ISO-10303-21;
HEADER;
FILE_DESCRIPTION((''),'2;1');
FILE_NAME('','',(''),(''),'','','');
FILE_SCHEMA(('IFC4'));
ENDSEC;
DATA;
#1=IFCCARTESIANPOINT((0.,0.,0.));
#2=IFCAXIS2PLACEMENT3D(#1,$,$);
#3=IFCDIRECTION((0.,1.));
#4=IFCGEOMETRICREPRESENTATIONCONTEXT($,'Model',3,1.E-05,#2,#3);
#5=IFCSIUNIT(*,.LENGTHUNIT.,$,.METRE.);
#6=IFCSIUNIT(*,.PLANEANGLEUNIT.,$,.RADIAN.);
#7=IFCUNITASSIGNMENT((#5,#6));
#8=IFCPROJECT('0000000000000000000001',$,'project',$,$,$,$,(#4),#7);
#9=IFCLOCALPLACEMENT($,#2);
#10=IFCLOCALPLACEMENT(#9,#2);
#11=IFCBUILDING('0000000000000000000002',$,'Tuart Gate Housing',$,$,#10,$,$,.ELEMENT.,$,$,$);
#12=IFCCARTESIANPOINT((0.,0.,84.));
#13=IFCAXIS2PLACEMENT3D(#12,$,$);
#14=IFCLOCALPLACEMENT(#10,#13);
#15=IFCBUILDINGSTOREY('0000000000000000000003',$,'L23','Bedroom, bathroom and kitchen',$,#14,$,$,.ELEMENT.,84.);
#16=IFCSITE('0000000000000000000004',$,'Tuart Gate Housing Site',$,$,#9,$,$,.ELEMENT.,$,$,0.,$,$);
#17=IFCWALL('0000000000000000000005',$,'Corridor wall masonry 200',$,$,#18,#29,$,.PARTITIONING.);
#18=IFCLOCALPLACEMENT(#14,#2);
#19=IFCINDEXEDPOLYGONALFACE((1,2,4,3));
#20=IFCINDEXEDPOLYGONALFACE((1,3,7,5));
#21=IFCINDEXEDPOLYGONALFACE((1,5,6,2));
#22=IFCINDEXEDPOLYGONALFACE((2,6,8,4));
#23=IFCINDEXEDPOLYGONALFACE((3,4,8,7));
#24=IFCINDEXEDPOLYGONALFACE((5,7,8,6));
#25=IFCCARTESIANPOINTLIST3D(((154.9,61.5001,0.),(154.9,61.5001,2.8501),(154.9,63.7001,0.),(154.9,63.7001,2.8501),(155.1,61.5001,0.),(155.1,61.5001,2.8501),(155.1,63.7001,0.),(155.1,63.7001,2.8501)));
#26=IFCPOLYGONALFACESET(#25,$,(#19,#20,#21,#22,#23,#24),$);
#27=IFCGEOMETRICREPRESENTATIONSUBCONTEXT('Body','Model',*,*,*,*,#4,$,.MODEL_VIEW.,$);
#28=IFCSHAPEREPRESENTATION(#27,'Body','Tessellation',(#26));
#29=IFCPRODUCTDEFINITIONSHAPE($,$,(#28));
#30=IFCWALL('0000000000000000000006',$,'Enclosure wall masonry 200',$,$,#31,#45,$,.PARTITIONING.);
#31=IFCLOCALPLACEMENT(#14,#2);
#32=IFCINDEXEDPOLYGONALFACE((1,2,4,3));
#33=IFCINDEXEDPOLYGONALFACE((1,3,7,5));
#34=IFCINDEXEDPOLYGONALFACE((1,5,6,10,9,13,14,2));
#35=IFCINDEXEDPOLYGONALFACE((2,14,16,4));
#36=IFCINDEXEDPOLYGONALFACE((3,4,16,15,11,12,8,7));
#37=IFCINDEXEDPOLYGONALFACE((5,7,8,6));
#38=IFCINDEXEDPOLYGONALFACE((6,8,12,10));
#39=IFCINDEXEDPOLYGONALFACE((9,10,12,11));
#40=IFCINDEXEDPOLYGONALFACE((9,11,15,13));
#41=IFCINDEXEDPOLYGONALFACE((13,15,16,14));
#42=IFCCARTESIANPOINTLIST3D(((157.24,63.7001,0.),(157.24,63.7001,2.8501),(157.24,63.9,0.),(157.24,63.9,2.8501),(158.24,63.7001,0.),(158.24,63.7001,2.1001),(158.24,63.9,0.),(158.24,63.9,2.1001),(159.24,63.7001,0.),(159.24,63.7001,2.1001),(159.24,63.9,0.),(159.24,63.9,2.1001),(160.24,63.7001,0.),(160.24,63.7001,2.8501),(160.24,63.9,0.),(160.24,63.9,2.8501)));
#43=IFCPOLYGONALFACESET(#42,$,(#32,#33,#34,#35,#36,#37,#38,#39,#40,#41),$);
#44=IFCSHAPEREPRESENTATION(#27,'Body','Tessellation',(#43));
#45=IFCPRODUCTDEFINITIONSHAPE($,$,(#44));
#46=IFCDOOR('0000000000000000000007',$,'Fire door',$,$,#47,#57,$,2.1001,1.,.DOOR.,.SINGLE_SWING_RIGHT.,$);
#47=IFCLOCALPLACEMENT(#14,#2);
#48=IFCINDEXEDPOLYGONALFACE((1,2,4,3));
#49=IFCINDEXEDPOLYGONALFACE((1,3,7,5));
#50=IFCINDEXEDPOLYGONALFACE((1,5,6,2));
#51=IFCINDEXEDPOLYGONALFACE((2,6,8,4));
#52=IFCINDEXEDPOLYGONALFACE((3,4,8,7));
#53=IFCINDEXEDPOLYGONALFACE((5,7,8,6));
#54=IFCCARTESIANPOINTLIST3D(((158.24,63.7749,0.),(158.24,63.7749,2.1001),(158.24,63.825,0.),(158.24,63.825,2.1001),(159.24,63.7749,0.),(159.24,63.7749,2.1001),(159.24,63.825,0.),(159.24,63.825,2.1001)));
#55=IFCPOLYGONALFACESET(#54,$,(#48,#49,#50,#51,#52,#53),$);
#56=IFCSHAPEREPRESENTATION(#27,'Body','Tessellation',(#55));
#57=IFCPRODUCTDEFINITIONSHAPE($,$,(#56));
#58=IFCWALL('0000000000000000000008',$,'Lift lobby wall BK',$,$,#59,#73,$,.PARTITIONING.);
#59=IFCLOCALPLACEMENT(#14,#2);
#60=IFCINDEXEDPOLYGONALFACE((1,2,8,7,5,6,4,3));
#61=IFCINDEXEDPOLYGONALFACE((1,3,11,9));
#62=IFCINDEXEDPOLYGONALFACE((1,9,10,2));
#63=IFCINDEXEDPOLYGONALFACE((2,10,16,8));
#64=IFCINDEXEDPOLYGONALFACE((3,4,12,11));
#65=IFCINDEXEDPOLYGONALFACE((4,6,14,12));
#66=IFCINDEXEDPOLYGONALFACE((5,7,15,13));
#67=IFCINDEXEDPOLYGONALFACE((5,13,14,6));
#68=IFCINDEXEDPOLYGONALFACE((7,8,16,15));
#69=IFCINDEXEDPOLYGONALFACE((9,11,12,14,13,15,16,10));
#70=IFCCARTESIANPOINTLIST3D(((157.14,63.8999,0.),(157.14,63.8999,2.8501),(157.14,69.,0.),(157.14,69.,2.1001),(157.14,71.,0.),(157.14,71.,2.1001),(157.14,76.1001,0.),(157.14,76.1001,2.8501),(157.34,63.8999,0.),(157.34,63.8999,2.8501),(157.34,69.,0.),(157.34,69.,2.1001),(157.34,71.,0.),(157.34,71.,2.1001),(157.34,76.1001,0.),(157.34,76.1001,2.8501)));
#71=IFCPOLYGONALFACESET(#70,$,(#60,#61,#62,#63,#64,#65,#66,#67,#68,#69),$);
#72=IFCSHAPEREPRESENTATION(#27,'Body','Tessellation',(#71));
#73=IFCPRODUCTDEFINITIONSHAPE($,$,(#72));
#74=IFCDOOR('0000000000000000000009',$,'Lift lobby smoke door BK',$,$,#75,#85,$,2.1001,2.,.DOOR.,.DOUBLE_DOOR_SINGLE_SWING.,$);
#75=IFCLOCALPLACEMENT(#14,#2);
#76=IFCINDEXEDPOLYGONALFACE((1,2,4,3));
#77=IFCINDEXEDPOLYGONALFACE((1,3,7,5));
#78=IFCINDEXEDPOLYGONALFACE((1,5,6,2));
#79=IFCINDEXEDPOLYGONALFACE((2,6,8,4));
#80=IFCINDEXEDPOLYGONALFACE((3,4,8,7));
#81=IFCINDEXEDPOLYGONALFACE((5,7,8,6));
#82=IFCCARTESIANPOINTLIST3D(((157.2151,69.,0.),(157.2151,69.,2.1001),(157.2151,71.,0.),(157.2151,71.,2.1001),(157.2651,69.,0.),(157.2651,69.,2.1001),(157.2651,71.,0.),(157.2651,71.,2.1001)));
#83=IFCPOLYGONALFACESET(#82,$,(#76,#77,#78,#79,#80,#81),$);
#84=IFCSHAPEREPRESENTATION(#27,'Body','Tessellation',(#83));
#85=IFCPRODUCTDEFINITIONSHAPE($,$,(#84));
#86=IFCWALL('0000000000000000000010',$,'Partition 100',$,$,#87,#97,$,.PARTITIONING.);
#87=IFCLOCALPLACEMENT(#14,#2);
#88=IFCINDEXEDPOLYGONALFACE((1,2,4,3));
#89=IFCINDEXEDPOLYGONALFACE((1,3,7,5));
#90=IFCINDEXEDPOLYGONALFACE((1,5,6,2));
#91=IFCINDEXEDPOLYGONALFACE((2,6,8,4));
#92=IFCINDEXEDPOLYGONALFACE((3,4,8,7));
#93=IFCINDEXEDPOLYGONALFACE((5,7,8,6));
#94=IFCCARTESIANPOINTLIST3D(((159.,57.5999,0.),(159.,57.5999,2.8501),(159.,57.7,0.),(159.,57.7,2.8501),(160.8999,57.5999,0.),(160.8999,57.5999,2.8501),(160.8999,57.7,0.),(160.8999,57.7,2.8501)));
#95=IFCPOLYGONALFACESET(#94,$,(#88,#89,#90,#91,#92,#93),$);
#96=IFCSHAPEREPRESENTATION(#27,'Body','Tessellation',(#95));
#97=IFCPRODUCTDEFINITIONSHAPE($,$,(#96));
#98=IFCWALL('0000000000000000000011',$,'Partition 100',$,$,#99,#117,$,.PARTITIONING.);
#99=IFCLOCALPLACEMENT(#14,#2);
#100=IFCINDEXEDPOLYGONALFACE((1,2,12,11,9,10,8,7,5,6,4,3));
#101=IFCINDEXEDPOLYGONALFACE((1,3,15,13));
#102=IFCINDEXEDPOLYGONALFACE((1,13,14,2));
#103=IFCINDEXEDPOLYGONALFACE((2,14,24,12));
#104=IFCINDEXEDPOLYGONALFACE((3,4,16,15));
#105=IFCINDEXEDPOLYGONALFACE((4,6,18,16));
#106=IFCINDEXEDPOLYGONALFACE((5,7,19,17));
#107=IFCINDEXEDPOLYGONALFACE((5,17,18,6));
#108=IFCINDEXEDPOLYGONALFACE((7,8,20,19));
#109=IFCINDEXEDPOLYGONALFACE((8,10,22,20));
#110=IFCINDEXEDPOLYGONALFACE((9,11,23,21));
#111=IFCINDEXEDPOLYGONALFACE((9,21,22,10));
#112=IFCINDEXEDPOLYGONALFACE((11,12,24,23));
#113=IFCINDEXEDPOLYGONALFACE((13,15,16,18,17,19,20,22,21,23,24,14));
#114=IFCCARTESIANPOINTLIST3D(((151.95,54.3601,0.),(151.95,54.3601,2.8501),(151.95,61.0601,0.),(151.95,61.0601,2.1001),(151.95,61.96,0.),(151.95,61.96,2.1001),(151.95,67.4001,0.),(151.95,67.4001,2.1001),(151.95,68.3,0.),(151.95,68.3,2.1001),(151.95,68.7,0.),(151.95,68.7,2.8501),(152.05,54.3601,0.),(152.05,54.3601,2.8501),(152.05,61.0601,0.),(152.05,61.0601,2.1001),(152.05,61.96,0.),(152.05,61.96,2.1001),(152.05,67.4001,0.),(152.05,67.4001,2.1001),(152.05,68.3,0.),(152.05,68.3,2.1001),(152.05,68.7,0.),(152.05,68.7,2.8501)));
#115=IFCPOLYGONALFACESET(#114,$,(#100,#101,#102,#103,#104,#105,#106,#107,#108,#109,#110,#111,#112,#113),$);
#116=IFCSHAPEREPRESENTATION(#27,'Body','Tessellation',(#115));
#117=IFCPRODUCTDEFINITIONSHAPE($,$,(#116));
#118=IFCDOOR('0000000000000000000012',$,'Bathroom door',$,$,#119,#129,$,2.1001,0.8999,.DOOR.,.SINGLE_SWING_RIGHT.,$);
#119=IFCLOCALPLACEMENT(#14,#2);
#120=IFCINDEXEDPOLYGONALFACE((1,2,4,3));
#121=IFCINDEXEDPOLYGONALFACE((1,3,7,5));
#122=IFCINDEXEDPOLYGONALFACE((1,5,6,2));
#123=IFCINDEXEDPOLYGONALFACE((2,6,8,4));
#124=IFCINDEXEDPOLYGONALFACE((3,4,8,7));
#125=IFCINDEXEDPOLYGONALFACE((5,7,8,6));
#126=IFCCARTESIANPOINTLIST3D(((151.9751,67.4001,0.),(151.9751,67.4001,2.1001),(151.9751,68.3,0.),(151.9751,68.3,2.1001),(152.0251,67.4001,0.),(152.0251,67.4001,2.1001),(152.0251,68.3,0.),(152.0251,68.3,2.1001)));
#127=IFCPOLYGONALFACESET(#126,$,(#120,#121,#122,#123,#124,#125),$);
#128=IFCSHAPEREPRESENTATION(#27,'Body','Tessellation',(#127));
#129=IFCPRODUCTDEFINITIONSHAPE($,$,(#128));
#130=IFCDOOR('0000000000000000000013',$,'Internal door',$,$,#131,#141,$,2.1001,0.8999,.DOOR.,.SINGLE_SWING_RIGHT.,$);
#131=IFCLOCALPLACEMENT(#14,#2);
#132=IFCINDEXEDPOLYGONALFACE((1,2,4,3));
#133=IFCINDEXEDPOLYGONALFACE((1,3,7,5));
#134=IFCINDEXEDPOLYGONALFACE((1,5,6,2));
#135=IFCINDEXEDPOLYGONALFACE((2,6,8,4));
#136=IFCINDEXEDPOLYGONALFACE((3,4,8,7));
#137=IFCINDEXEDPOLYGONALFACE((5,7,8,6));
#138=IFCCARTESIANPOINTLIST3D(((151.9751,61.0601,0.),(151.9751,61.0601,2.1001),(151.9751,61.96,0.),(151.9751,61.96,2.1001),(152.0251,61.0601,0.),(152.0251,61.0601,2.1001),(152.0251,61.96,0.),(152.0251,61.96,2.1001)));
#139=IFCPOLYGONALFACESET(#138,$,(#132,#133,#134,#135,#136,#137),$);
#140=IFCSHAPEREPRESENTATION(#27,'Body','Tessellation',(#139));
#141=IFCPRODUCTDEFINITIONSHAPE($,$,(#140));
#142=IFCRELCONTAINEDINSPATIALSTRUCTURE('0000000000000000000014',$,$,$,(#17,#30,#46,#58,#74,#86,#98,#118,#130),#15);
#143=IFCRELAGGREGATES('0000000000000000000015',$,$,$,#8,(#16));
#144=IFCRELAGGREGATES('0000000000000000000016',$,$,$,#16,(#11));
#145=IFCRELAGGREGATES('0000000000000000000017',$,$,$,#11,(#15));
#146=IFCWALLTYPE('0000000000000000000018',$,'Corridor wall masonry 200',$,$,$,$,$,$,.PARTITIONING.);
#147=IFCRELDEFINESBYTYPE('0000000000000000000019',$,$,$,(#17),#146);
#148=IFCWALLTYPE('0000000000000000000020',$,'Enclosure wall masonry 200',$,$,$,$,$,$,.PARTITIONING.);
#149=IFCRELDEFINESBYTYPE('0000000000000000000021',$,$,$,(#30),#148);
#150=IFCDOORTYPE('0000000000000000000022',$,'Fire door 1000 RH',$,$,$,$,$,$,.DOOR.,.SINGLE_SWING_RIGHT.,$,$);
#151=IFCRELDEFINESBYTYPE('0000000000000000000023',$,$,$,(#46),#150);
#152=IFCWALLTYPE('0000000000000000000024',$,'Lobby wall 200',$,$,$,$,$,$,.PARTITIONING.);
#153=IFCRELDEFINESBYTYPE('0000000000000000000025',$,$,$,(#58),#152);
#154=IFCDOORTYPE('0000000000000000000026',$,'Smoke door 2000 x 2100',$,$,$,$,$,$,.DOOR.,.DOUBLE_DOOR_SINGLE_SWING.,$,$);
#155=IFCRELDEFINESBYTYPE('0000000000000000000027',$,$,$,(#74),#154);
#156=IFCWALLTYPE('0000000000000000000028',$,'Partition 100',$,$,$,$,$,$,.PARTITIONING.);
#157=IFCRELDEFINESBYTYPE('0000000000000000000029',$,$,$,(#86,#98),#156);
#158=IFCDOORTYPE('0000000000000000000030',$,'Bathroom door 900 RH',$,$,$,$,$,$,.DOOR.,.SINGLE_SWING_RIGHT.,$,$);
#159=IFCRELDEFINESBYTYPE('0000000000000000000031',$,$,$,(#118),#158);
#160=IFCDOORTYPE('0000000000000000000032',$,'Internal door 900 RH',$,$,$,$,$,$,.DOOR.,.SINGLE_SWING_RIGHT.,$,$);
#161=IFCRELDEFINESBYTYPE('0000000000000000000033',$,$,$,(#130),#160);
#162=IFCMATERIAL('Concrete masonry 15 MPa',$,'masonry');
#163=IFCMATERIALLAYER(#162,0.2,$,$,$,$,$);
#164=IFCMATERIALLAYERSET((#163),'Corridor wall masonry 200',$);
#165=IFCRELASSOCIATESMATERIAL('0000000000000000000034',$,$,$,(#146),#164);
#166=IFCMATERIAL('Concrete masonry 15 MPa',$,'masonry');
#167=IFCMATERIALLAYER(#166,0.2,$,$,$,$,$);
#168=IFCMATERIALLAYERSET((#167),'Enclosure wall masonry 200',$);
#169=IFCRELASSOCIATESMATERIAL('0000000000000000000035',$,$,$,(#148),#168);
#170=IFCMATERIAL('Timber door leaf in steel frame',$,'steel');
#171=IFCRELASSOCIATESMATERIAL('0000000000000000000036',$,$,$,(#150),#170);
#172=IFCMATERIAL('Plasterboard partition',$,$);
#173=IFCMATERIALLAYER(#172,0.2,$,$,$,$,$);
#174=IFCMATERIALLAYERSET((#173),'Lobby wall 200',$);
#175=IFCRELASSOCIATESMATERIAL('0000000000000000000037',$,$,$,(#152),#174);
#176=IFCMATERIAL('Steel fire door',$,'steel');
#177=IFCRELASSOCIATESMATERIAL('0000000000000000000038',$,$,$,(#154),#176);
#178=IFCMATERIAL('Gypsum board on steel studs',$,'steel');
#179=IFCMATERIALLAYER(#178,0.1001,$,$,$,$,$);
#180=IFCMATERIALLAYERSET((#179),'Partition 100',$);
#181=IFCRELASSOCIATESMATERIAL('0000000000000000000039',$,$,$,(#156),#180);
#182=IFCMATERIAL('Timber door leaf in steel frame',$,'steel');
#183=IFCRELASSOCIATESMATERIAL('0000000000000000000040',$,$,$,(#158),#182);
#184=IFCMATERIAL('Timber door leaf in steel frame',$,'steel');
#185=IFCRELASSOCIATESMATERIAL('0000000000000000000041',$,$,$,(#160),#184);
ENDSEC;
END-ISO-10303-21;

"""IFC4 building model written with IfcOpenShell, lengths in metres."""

from ifc_helpers import new_model, si_unit, direction, frame, frame_2d, origin, place, context, subcontext, project, spatial, rectangle, extrude, material, layer, layer_set, type_object, element, fill, save


model = new_model("IFC4")

# Units and contexts
model_context = context("Model", 3, precision=1e-05, world=origin(), true_north=direction((0.0, 1.0)))
body_context = subcontext(model_context, "Body", "Model", "MODEL_VIEW")
ifc_project = project(units=[si_unit("LENGTHUNIT", "METRE"), si_unit("PLANEANGLEUNIT", "RADIAN")], contexts=[model_context])

# Site, building, storey
site_placement = place(None, origin())
site = spatial("IfcSite", under=ifc_project, at=site_placement, Name="Tuart Gate Housing Site", CompositionType="ELEMENT", RefElevation=0.0)
building_placement = place(site_placement, origin())
building = spatial("IfcBuilding", under=site, at=building_placement, Name="Tuart Gate Housing", CompositionType="ELEMENT")
storey_placement = place(building_placement, frame((0.0, 0.0, 84.0)))
storey = spatial("IfcBuildingStorey", under=building, at=storey_placement, Name="L23", Description="Bedroom, bathroom and kitchen", CompositionType="ELEMENT", Elevation=84.0)

# Shared definitions
ifc_material_1 = material(Name="Concrete masonry 15 MPa", Category="masonry")
ifc_layer_1 = layer(ifc_material_1, 0.2)
ifc_layer_set_1 = layer_set([ifc_layer_1], Name="Corridor wall masonry 200")
wall_type_1 = type_object("IfcWallType", Name="Corridor wall masonry 200", PredefinedType="PARTITIONING", material=ifc_layer_set_1)

# Wall
wall_1_placement = place(storey_placement, frame((155.0, 61.5, 0.0), z_axis=(0.0, 0.0, 1.0), x_axis=(0.0, 1.0, 0.0)))
element("IfcWall", 1, at=wall_1_placement, inside=storey, type_object=wall_type_1, Name="Corridor wall masonry 200", PredefinedType="PARTITIONING", context=body_context, shape_type="SweptSolid", body=[
    extrude(rectangle(XDim=2.2, YDim=0.2, at=frame_2d((1.1001, 0.0))), origin(), (0.0, 0.0, 1.0), 2.8501),
])

# Walls, openings, doors
ifc_material_2 = material(Name="Concrete masonry 15 MPa", Category="masonry")
ifc_layer_2 = layer(ifc_material_2, 0.2)
ifc_layer_set_2 = layer_set([ifc_layer_2], Name="Enclosure wall masonry 200")
wall_type_2 = type_object("IfcWallType", Name="Enclosure wall masonry 200", PredefinedType="PARTITIONING", material=ifc_layer_set_2)
wall_2_placement = place(storey_placement, frame((157.24, 63.8, 0.0), z_axis=(0.0, 0.0, 1.0), x_axis=(1.0, 0.0, 0.0)))
wall_2 = element("IfcWall", 2, at=wall_2_placement, inside=storey, type_object=wall_type_2, Name="Enclosure wall masonry 200", PredefinedType="PARTITIONING", context=body_context, shape_type="SweptSolid", body=[
    extrude(rectangle(XDim=3.0, YDim=0.2, at=frame_2d((1.5, 0.0))), origin(), (0.0, 0.0, 1.0), 2.8501),
])
opening_1_placement = place(wall_2_placement, frame((1.0, 0.0, 0.0)))
opening_1 = element("IfcOpeningElement", 3, at=opening_1_placement, cuts=wall_2, PredefinedType="OPENING", context=body_context, shape_type="SweptSolid", body=[
    extrude(rectangle(XDim=1.0, YDim=2.1001, at=frame_2d((0.5, 1.05))), frame((0.0, 0.1099, 0.0), z_axis=(0.0, -1.0, 0.0), x_axis=(1.0, 0.0, 0.0)), (0.0, 0.0, 1.0), 0.22),
])
ifc_material_3 = material(Name="Timber door leaf in steel frame", Category="steel")
door_type_1 = type_object("IfcDoorType", Name="Fire door 1000 RH", OperationType="SINGLE_SWING_RIGHT", PredefinedType="DOOR", material=ifc_material_3)
door_1_placement = place(opening_1_placement, frame((1.0, 0.0, 0.0), z_axis=(0.0, 0.0, 1.0), x_axis=(-1.0, 0.0, 0.0)))
door_1 = element("IfcDoor", 4, at=door_1_placement, inside=storey, type_object=door_type_1, Name="Fire door", OperationType="SINGLE_SWING_RIGHT", OverallHeight=2.1001, OverallWidth=1.0, PredefinedType="DOOR", context=body_context, shape_type="SweptSolid", body=[
    extrude(rectangle(XDim=1.0, YDim=2.1001, at=frame_2d((0.5, 1.05))), frame((0.0, 0.0251, 0.0), z_axis=(0.0, -1.0, 0.0), x_axis=(1.0, 0.0, 0.0)), (0.0, 0.0, 1.0), 0.05),
])
fill(opening_1, door_1)
ifc_material_4 = material(Name="Plasterboard partition")
ifc_layer_3 = layer(ifc_material_4, 0.2)
ifc_layer_set_3 = layer_set([ifc_layer_3], Name="Lobby wall 200")
wall_type_3 = type_object("IfcWallType", Name="Lobby wall 200", PredefinedType="PARTITIONING", material=ifc_layer_set_3)
wall_3_placement = place(storey_placement, frame((157.24, 63.8999, 0.0), z_axis=(0.0, 0.0, 1.0), x_axis=(0.0, 1.0, 0.0)))
wall_3 = element("IfcWall", 5, at=wall_3_placement, inside=storey, type_object=wall_type_3, Name="Lift lobby wall BK", PredefinedType="PARTITIONING", context=body_context, shape_type="SweptSolid", body=[
    extrude(rectangle(XDim=12.2002, YDim=0.2, at=frame_2d((6.1001, 0.0))), origin(), (0.0, 0.0, 1.0), 2.8501),
])
opening_2_placement = place(wall_3_placement, frame((5.1001, 0.0, 0.0)))
opening_2 = element("IfcOpeningElement", 6, at=opening_2_placement, cuts=wall_3, PredefinedType="OPENING", context=body_context, shape_type="SweptSolid", body=[
    extrude(rectangle(XDim=2.0, YDim=2.1001, at=frame_2d((1.0, 1.05))), frame((0.0, 0.1099, 0.0), z_axis=(0.0, -1.0, 0.0), x_axis=(1.0, 0.0, 0.0)), (0.0, 0.0, 1.0), 0.22),
])
ifc_material_5 = material(Name="Steel fire door", Category="steel")
door_type_2 = type_object("IfcDoorType", Name="Smoke door 2000 x 2100", OperationType="DOUBLE_DOOR_SINGLE_SWING", PredefinedType="DOOR", material=ifc_material_5)
door_2_placement = place(opening_2_placement, frame((2.0, 0.0, 0.0), z_axis=(0.0, 0.0, 1.0), x_axis=(-1.0, 0.0, 0.0)))
door_2 = element("IfcDoor", 7, at=door_2_placement, inside=storey, type_object=door_type_2, Name="Lift lobby smoke door BK", OperationType="DOUBLE_DOOR_SINGLE_SWING", OverallHeight=2.1001, OverallWidth=2.0, PredefinedType="DOOR", context=body_context, shape_type="SweptSolid", body=[
    extrude(rectangle(XDim=2.0, YDim=2.1001, at=frame_2d((1.0, 1.05))), frame((0.0, 0.0251, 0.0), z_axis=(0.0, -1.0, 0.0), x_axis=(1.0, 0.0, 0.0)), (0.0, 0.0, 1.0), 0.05),
])
fill(opening_2, door_2)

# Wall
ifc_material_6 = material(Name="Gypsum board on steel studs", Category="steel")
ifc_layer_4 = layer(ifc_material_6, 0.1001)
ifc_layer_set_4 = layer_set([ifc_layer_4], Name="Partition 100")
wall_type_4 = type_object("IfcWallType", Name="Partition 100", PredefinedType="PARTITIONING", material=ifc_layer_set_4)
wall_4_placement = place(storey_placement, frame((159.0, 57.6499, 0.0), z_axis=(0.0, 0.0, 1.0), x_axis=(1.0, 0.0, 0.0)))
element("IfcWall", 8, at=wall_4_placement, inside=storey, type_object=wall_type_4, Name="Partition 100", PredefinedType="PARTITIONING", context=body_context, shape_type="SweptSolid", body=[
    extrude(rectangle(XDim=1.8999, YDim=0.1001, at=frame_2d((0.95, 0.0))), origin(), (0.0, 0.0, 1.0), 2.8501),
])

# Wall, openings, doors
wall_5_placement = place(storey_placement, frame((152.0, 54.3601, 0.0), z_axis=(0.0, 0.0, 1.0), x_axis=(0.0, 1.0, 0.0)))
wall_5 = element("IfcWall", 9, at=wall_5_placement, inside=storey, type_object=wall_type_4, Name="Partition 100", PredefinedType="PARTITIONING", context=body_context, shape_type="SweptSolid", body=[
    extrude(rectangle(XDim=14.3398, YDim=0.1001, at=frame_2d((7.1699, 0.0))), origin(), (0.0, 0.0, 1.0), 2.8501),
])
opening_3_placement = place(wall_5_placement, frame((6.7, 0.0, 0.0)))
opening_3 = element("IfcOpeningElement", 10, at=opening_3_placement, cuts=wall_5, PredefinedType="OPENING", context=body_context, shape_type="SweptSolid", body=[
    extrude(rectangle(XDim=0.8999, YDim=2.1001, at=frame_2d((0.45, 1.05))), frame((0.0, 0.0601, 0.0), z_axis=(0.0, -1.0, 0.0), x_axis=(1.0, 0.0, 0.0)), (0.0, 0.0, 1.0), 0.1201),
])
opening_4_placement = place(wall_5_placement, frame((13.04, 0.0, 0.0)))
opening_4 = element("IfcOpeningElement", 11, at=opening_4_placement, cuts=wall_5, PredefinedType="OPENING", context=body_context, shape_type="SweptSolid", body=[
    extrude(rectangle(XDim=0.8999, YDim=2.1001, at=frame_2d((0.45, 1.05))), frame((0.0, 0.0601, 0.0), z_axis=(0.0, -1.0, 0.0), x_axis=(1.0, 0.0, 0.0)), (0.0, 0.0, 1.0), 0.1201),
])
ifc_material_7 = material(Name="Timber door leaf in steel frame", Category="steel")
door_type_3 = type_object("IfcDoorType", Name="Bathroom door 900 RH", OperationType="SINGLE_SWING_RIGHT", PredefinedType="DOOR", material=ifc_material_7)
door_3_placement = place(opening_4_placement, origin())
door_3 = element("IfcDoor", 12, at=door_3_placement, inside=storey, type_object=door_type_3, Name="Bathroom door", OperationType="SINGLE_SWING_RIGHT", OverallHeight=2.1001, OverallWidth=0.8999, PredefinedType="DOOR", context=body_context, shape_type="SweptSolid", body=[
    extrude(rectangle(XDim=0.8999, YDim=2.1001, at=frame_2d((0.45, 1.05))), frame((0.0, 0.0249, 0.0), z_axis=(0.0, -1.0, 0.0), x_axis=(1.0, 0.0, 0.0)), (0.0, 0.0, 1.0), 0.05),
])
fill(opening_4, door_3)
ifc_material_8 = material(Name="Timber door leaf in steel frame", Category="steel")
door_type_4 = type_object("IfcDoorType", Name="Internal door 900 RH", OperationType="SINGLE_SWING_RIGHT", PredefinedType="DOOR", material=ifc_material_8)
door_4_placement = place(opening_3_placement, origin())
door_4 = element("IfcDoor", 13, at=door_4_placement, inside=storey, type_object=door_type_4, Name="Internal door", OperationType="SINGLE_SWING_RIGHT", OverallHeight=2.1001, OverallWidth=0.8999, PredefinedType="DOOR", context=body_context, shape_type="SweptSolid", body=[
    extrude(rectangle(XDim=0.8999, YDim=2.1001, at=frame_2d((0.45, 1.05))), frame((0.0, 0.0249, 0.0), z_axis=(0.0, -1.0, 0.0), x_axis=(1.0, 0.0, 0.0)), (0.0, 0.0, 1.0), 0.05),
])
fill(opening_3, door_4)

save(model, "model.ifc")
